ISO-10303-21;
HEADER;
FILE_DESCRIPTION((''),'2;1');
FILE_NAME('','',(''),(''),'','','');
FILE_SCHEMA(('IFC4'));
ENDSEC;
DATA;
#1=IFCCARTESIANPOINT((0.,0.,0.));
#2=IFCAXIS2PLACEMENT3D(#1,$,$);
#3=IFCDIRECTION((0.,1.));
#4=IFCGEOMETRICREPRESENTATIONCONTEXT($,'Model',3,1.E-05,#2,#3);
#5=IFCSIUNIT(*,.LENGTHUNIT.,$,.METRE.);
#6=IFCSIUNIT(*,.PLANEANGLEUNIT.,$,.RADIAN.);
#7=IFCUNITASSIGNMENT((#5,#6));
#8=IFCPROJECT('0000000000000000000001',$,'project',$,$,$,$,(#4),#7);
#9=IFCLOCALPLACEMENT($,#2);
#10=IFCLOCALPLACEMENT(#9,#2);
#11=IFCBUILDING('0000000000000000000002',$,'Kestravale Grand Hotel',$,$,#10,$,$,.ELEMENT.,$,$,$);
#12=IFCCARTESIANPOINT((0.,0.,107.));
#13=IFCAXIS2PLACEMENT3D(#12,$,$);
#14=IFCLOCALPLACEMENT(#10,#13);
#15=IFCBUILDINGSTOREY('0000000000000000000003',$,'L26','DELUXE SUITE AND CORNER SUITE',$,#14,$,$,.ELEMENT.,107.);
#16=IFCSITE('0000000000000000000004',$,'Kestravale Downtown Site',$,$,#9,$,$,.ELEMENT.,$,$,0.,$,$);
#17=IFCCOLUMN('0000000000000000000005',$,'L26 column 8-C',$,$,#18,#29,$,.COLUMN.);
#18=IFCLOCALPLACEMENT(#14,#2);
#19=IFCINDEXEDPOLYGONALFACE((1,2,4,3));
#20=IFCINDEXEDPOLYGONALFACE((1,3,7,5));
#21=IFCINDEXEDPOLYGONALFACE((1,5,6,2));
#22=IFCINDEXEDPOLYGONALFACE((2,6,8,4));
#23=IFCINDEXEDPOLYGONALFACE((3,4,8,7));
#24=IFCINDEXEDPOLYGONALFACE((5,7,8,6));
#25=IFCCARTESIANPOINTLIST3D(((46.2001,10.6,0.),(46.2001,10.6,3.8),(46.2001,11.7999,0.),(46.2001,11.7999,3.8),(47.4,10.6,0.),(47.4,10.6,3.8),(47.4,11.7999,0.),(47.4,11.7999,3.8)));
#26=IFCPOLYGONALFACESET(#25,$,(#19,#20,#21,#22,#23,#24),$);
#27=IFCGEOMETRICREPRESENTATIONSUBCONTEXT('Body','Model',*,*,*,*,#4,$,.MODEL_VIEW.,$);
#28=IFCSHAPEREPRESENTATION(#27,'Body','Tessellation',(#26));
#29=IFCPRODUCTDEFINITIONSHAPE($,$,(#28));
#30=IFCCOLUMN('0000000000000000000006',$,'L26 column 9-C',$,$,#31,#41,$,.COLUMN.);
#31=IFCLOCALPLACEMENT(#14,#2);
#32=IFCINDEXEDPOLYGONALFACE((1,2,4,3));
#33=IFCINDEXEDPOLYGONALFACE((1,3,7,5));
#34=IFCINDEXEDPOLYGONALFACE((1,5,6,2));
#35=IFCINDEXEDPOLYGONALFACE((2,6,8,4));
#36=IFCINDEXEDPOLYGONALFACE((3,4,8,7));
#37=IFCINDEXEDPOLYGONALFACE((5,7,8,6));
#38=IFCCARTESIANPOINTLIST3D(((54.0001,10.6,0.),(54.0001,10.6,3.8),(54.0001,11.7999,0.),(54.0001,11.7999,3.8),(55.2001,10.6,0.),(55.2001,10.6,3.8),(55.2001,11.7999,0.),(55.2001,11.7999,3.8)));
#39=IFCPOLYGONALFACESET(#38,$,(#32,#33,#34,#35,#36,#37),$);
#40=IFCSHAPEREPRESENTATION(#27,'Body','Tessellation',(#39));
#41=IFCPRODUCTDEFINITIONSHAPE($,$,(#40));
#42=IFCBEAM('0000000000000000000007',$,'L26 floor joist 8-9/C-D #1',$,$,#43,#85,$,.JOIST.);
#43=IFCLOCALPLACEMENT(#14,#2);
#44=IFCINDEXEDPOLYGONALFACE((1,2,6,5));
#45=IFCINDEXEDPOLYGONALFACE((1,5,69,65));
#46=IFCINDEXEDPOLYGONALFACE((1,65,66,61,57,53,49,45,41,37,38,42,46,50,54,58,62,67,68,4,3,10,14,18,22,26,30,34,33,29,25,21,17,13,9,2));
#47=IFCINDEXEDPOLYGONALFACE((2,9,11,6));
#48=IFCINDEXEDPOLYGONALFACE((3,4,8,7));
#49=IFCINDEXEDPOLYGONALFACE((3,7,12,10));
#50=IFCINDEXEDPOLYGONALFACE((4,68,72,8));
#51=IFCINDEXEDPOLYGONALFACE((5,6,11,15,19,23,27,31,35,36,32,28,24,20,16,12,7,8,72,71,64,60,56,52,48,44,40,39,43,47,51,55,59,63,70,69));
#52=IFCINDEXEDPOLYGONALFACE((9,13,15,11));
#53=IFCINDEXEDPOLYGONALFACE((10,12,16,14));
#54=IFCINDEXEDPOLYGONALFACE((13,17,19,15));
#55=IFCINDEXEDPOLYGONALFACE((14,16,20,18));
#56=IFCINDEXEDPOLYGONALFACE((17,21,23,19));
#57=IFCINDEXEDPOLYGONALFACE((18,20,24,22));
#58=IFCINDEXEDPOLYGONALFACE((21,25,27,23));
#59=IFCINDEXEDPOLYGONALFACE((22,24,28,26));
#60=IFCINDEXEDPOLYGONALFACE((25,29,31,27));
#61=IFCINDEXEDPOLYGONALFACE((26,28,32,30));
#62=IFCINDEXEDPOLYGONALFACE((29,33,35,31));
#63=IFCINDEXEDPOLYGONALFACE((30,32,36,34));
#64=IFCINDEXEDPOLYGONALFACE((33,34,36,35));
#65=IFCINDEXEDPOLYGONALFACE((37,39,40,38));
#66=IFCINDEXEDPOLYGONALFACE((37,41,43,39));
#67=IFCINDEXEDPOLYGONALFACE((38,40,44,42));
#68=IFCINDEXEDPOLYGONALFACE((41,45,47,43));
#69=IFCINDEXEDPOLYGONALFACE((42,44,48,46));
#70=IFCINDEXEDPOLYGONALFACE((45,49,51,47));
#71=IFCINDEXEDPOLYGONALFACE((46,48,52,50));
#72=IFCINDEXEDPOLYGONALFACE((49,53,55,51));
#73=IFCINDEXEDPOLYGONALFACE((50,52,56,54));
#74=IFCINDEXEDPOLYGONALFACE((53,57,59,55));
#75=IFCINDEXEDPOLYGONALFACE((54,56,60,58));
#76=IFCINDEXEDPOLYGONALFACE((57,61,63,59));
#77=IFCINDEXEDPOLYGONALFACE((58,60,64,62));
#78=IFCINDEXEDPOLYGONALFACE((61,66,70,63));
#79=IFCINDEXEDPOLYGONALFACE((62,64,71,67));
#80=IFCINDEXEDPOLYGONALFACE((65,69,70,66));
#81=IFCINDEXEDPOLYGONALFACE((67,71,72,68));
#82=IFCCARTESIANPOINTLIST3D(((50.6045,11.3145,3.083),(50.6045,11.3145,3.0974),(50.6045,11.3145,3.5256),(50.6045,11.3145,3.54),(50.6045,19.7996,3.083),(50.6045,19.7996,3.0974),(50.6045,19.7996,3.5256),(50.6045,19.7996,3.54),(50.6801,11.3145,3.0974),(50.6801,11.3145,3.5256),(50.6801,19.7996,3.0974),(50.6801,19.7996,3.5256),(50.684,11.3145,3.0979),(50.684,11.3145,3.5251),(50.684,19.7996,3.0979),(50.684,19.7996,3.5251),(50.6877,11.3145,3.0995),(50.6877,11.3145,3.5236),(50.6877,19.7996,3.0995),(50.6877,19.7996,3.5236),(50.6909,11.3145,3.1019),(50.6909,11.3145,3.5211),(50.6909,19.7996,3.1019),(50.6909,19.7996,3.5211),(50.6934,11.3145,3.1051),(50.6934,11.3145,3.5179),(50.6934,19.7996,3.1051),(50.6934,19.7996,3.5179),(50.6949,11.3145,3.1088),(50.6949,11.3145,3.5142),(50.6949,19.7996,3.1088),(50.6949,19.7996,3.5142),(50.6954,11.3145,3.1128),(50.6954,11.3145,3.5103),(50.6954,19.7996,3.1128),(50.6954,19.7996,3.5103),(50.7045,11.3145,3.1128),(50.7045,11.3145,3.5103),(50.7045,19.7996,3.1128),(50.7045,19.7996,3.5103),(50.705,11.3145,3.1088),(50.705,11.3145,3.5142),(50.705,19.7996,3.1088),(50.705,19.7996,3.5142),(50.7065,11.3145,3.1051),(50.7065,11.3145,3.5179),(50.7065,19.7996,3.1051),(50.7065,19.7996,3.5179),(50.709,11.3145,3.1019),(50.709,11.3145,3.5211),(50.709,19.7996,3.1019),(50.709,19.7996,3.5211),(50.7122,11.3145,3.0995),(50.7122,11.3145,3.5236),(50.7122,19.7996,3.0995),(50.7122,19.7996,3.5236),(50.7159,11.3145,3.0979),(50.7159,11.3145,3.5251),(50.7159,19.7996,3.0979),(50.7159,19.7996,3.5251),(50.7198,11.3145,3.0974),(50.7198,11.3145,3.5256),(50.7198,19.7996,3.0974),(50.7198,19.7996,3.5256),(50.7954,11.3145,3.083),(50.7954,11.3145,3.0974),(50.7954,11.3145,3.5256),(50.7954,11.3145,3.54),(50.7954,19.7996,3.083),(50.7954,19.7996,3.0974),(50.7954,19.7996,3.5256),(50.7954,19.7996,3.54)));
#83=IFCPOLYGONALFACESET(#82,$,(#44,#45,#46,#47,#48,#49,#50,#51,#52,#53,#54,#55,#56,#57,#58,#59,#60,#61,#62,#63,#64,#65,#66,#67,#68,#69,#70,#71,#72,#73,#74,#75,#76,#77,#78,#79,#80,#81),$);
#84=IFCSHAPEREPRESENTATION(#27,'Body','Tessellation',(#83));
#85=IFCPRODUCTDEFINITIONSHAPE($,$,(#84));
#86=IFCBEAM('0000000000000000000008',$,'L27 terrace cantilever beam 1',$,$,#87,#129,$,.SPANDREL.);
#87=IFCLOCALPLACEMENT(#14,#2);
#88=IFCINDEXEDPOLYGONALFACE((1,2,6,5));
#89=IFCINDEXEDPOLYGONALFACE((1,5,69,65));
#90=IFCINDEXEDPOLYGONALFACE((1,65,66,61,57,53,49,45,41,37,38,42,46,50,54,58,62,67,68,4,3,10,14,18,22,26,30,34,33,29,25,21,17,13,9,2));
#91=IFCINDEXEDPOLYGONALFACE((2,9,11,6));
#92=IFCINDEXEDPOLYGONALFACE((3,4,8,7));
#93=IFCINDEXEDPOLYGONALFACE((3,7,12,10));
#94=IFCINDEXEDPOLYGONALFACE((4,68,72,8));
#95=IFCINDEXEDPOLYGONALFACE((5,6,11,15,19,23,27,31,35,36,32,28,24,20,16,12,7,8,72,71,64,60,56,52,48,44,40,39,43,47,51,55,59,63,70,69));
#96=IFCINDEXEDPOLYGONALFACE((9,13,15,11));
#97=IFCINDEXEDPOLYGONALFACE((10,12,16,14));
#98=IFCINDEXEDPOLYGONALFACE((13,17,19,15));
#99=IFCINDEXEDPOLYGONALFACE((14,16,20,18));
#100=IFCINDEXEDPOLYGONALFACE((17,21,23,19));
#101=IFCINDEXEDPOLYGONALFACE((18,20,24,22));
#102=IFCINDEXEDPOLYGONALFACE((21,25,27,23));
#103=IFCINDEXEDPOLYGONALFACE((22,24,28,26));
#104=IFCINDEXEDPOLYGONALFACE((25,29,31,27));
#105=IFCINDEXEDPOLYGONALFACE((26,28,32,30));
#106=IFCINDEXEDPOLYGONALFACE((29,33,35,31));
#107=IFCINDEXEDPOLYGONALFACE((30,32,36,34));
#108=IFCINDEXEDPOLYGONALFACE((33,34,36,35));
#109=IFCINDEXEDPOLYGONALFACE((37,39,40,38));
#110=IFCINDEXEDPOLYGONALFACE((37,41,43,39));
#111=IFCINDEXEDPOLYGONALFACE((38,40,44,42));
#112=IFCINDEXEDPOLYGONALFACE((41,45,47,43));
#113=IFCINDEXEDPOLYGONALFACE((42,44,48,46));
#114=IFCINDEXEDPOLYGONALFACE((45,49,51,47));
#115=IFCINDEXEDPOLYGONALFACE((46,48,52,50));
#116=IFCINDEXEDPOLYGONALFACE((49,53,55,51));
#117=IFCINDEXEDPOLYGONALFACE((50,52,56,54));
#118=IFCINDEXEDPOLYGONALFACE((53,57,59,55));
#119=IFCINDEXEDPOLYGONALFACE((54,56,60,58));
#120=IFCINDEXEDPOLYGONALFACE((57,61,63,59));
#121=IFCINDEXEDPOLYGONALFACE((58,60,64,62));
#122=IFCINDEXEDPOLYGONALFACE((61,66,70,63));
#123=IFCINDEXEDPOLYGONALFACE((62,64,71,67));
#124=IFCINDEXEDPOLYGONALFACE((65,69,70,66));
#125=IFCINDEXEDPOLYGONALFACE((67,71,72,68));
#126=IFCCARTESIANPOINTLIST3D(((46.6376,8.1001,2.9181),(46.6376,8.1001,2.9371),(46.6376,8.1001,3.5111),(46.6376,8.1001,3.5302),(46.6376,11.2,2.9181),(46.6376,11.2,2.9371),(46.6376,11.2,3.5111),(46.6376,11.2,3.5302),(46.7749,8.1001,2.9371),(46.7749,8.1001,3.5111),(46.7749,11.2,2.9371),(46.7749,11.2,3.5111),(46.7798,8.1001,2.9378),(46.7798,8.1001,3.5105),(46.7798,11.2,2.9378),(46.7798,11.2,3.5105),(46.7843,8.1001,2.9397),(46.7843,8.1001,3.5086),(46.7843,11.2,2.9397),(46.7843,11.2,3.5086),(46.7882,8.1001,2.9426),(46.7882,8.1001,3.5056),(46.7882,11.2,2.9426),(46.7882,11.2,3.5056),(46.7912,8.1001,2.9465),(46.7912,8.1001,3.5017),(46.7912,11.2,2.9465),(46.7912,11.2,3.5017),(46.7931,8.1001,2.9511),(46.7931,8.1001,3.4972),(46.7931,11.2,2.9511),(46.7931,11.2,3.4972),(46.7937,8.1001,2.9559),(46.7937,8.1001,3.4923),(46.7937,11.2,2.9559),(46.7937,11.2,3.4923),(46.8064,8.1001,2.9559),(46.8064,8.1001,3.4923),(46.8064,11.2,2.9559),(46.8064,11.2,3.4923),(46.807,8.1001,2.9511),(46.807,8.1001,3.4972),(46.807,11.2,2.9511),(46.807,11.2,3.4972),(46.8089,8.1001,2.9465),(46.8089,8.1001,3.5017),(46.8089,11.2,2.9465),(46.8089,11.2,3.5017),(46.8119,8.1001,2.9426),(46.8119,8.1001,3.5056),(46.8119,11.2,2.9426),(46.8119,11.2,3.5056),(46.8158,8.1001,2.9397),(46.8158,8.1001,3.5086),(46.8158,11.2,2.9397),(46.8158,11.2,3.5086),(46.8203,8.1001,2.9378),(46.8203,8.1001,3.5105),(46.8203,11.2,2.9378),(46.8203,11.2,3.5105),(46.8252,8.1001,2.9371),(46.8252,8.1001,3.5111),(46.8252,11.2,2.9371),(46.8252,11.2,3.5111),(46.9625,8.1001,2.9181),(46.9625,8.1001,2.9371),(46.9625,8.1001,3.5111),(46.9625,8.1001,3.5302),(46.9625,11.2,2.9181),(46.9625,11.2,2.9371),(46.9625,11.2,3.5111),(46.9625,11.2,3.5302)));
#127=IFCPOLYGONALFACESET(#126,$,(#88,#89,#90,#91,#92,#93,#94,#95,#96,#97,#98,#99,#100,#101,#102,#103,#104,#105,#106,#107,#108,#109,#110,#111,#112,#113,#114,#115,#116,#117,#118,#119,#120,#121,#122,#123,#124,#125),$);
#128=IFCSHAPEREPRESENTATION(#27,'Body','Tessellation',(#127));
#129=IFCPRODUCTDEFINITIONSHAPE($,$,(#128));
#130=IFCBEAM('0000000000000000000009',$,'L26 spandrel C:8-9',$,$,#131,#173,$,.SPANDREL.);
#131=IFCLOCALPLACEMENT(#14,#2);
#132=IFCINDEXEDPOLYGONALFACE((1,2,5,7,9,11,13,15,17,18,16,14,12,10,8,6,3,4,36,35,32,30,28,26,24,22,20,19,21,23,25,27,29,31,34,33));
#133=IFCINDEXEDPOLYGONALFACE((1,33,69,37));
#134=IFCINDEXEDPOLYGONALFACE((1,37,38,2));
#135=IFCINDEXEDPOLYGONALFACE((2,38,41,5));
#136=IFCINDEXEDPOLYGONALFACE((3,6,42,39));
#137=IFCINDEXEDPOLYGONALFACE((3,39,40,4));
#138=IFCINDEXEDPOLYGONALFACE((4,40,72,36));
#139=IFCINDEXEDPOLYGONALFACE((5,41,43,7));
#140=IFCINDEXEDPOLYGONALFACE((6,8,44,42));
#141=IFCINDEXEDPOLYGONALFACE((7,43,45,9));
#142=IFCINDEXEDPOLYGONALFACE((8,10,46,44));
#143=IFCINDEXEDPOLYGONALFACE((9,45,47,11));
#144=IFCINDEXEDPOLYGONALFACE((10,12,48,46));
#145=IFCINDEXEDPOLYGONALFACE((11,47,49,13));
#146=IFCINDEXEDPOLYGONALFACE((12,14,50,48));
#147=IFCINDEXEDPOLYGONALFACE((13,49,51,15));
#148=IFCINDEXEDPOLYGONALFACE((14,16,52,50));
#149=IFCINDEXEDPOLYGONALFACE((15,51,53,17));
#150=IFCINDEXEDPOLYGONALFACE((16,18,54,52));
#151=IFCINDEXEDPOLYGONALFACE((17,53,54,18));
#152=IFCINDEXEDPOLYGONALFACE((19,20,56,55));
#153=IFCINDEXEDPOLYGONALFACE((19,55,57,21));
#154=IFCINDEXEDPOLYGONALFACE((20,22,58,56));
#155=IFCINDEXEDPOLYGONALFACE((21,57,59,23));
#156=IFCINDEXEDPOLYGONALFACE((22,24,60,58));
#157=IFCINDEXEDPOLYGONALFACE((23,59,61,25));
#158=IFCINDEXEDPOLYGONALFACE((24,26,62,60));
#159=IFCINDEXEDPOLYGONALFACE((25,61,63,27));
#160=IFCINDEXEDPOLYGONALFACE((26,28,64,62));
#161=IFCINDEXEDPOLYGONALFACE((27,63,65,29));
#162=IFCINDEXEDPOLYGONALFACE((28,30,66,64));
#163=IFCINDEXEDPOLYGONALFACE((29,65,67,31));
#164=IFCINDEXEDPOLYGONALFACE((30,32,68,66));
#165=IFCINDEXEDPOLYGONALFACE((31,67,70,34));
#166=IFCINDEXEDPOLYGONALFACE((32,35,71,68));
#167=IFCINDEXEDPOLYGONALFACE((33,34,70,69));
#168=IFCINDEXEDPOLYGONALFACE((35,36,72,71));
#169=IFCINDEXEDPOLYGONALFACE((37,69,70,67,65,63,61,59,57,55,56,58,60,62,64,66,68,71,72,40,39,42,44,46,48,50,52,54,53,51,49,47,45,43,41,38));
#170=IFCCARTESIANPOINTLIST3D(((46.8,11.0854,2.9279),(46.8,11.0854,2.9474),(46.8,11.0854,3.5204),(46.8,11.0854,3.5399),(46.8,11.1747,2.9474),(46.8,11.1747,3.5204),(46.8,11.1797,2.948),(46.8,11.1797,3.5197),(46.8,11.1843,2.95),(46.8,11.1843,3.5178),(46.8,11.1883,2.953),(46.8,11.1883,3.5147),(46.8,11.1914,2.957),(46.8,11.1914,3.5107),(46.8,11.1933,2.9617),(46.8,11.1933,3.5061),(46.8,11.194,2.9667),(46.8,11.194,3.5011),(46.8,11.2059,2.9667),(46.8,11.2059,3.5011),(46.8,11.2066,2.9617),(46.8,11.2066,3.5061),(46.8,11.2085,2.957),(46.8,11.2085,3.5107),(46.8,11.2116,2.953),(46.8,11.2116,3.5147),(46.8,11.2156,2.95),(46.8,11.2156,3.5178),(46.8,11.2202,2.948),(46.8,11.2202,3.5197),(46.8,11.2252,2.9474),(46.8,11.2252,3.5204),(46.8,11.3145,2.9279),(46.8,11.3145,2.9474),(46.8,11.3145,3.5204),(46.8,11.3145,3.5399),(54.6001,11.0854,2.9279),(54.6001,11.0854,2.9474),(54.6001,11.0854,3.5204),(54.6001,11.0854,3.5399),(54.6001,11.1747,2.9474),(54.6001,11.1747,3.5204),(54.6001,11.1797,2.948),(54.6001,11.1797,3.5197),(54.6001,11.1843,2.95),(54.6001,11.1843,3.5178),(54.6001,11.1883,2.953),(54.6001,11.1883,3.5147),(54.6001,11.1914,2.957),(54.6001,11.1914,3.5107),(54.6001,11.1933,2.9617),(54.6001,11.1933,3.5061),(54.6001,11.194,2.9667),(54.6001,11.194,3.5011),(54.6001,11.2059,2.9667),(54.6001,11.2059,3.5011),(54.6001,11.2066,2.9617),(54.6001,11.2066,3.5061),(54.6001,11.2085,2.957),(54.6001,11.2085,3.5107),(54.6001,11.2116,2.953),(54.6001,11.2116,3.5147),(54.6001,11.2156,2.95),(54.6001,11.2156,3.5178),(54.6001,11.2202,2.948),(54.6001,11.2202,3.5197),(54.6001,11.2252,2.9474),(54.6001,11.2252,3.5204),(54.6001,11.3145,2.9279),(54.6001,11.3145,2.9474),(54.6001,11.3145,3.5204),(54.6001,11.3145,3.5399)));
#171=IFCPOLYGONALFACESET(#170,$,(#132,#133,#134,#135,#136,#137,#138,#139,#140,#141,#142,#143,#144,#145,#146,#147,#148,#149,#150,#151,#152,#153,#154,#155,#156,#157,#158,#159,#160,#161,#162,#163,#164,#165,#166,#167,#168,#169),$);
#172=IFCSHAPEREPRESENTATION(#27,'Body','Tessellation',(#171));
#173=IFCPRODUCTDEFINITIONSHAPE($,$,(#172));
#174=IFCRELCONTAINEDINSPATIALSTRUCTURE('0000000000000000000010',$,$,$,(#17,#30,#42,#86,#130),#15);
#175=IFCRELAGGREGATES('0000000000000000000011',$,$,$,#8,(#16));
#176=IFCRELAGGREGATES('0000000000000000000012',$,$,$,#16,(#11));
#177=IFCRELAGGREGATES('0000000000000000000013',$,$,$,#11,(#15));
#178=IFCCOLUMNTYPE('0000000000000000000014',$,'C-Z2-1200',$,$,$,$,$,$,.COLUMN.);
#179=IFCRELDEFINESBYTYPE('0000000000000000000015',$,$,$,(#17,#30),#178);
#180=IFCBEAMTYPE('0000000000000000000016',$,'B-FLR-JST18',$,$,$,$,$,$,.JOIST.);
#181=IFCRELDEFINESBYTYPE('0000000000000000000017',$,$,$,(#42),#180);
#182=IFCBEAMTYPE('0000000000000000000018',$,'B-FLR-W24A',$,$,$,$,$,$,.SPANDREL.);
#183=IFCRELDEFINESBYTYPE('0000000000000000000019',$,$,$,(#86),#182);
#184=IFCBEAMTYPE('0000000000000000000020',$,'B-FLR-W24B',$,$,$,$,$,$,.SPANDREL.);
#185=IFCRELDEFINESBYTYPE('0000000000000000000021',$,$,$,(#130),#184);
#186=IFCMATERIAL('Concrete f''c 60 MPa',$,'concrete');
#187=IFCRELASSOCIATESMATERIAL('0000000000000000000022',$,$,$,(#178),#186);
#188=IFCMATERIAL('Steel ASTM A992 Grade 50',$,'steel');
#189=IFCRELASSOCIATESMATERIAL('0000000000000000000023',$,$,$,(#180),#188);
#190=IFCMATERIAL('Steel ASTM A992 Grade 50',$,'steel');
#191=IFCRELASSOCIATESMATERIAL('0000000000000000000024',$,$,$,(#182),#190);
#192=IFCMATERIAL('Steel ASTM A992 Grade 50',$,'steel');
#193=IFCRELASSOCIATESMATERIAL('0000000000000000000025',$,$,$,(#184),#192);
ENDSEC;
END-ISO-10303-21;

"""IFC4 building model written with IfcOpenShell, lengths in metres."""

from ifc_helpers import new_model, si_unit, direction, frame, origin, origin_2d, place, context, subcontext, project, spatial, rectangle, i_section, extrude, material, material_profile, profile_set, type_object, element, save


model = new_model("IFC4")

# Units and contexts
model_context = context("Model", 3, precision=1e-05, world=origin(), true_north=direction((0.0, 1.0)))
body_context = subcontext(model_context, "Body", "Model", "MODEL_VIEW")
ifc_project = project(units=[si_unit("LENGTHUNIT", "METRE"), si_unit("PLANEANGLEUNIT", "RADIAN")], contexts=[model_context])

# Site, building, storey
site_placement = place(None, origin())
site = spatial("IfcSite", under=ifc_project, at=site_placement, Name="Kestravale Downtown Site", CompositionType="ELEMENT", RefElevation=0.0)
building_placement = place(site_placement, origin())
building = spatial("IfcBuilding", under=site, at=building_placement, Name="Kestravale Grand Hotel", CompositionType="ELEMENT")
storey_placement = place(building_placement, frame((0.0, 0.0, 107.0)))
storey = spatial("IfcBuildingStorey", under=building, at=storey_placement, Name="L26", Description="DELUXE SUITE AND CORNER SUITE", CompositionType="ELEMENT", Elevation=107.0)

# Columns
ifc_material_1 = material(Name="Concrete f'c 60 MPa", Category="concrete")
ifc_material_profile_1 = material_profile(ifc_material_1, rectangle(XDim=1.2, YDim=1.2, at=origin_2d()))
ifc_profile_set_1 = profile_set([ifc_material_profile_1], Name="Concrete f'c 60 MPa")
column_type = type_object("IfcColumnType", Name="C-Z2-1200", PredefinedType="COLUMN", material=ifc_profile_set_1)
for number, where, z_axis, x_axis, name in (
    (1, (46.8, 11.2, 0.0), (0.0, 0.0, 1.0), (1.0, 0.0, 0.0), "L26 column 8-C"),
    (2, (54.6001, 11.2, 0.0), (0.0, 0.0, 1.0), (1.0, 0.0, 0.0), "L26 column 9-C"),
):
    element("IfcColumn", number, at=place(storey_placement, frame(where, z_axis=z_axis, x_axis=x_axis)), inside=storey, type_object=column_type, Name=name, PredefinedType="COLUMN", context=body_context, shape_type="SweptSolid", body=[
        extrude(rectangle(XDim=1.2, YDim=1.2, at=origin_2d()), origin(), (0.0, 0.0, 1.0), 3.8),
    ])

# Beams
ifc_material_2 = material(Name="Steel ASTM A992 Grade 50", Category="steel")
ifc_material_profile_2 = material_profile(ifc_material_2, i_section(OverallWidth=0.1909, OverallDepth=0.457, WebThickness=0.009, FlangeThickness=0.0144, FilletRadius=0.0154, at=origin_2d()))
ifc_profile_set_2 = profile_set([ifc_material_profile_2], Name="Steel ASTM A992 Grade 50")
beam_type_1 = type_object("IfcBeamType", Name="B-FLR-JST18", PredefinedType="JOIST", material=ifc_profile_set_2)
beam_1_placement = place(storey_placement, frame((50.7, 11.3145, 3.3115), z_axis=(0.0, 1.0, 0.0), x_axis=(-1.0, 0.0, 0.0)))
element("IfcBeam", 3, at=beam_1_placement, inside=storey, type_object=beam_type_1, Name="L26 floor joist 8-9/C-D #1", PredefinedType="JOIST", context=body_context, shape_type="SweptSolid", body=[
    extrude(i_section(OverallWidth=0.1909, OverallDepth=0.457, WebThickness=0.009, FlangeThickness=0.0144, FilletRadius=0.0154, at=origin_2d()), origin(), (0.0, 0.0, 1.0), 8.4851),
])
ifc_material_3 = material(Name="Steel ASTM A992 Grade 50", Category="steel")
ifc_material_profile_3 = material_profile(ifc_material_3, i_section(OverallWidth=0.325, OverallDepth=0.6121, WebThickness=0.0127, FlangeThickness=0.019, FilletRadius=0.0188, at=origin_2d()))
ifc_profile_set_3 = profile_set([ifc_material_profile_3], Name="Steel ASTM A992 Grade 50")
beam_type_2 = type_object("IfcBeamType", Name="B-FLR-W24A", PredefinedType="SPANDREL", material=ifc_profile_set_3)
beam_2_placement = place(storey_placement, frame((46.8, 11.2, 3.2241), z_axis=(0.0, -1.0, 0.0), x_axis=(1.0, 0.0, 0.0)))
element("IfcBeam", 4, at=beam_2_placement, inside=storey, type_object=beam_type_2, Name="L27 terrace cantilever beam 1", PredefinedType="SPANDREL", context=body_context, shape_type="SweptSolid", body=[
    extrude(i_section(OverallWidth=0.325, OverallDepth=0.6121, WebThickness=0.0127, FlangeThickness=0.019, FilletRadius=0.0188, at=origin_2d()), origin(), (0.0, 0.0, 1.0), 3.0999),
])
ifc_material_4 = material(Name="Steel ASTM A992 Grade 50", Category="steel")
ifc_material_profile_4 = material_profile(ifc_material_4, i_section(OverallWidth=0.229, OverallDepth=0.6121, WebThickness=0.012, FlangeThickness=0.0195, FilletRadius=0.0193, at=origin_2d()))
ifc_profile_set_4 = profile_set([ifc_material_profile_4], Name="Steel ASTM A992 Grade 50")
beam_type_3 = type_object("IfcBeamType", Name="B-FLR-W24B", PredefinedType="SPANDREL", material=ifc_profile_set_4)
beam_3_placement = place(storey_placement, frame((46.8, 11.2, 3.2339), z_axis=(1.0, 0.0, 0.0), x_axis=(0.0, 1.0, 0.0)))
element("IfcBeam", 5, at=beam_3_placement, inside=storey, type_object=beam_type_3, Name="L26 spandrel C:8-9", PredefinedType="SPANDREL", context=body_context, shape_type="SweptSolid", body=[
    extrude(i_section(OverallWidth=0.229, OverallDepth=0.6121, WebThickness=0.012, FlangeThickness=0.0195, FilletRadius=0.0193, at=origin_2d()), origin(), (0.0, 0.0, 1.0), 7.8),
])

save(model, "model.ifc")
